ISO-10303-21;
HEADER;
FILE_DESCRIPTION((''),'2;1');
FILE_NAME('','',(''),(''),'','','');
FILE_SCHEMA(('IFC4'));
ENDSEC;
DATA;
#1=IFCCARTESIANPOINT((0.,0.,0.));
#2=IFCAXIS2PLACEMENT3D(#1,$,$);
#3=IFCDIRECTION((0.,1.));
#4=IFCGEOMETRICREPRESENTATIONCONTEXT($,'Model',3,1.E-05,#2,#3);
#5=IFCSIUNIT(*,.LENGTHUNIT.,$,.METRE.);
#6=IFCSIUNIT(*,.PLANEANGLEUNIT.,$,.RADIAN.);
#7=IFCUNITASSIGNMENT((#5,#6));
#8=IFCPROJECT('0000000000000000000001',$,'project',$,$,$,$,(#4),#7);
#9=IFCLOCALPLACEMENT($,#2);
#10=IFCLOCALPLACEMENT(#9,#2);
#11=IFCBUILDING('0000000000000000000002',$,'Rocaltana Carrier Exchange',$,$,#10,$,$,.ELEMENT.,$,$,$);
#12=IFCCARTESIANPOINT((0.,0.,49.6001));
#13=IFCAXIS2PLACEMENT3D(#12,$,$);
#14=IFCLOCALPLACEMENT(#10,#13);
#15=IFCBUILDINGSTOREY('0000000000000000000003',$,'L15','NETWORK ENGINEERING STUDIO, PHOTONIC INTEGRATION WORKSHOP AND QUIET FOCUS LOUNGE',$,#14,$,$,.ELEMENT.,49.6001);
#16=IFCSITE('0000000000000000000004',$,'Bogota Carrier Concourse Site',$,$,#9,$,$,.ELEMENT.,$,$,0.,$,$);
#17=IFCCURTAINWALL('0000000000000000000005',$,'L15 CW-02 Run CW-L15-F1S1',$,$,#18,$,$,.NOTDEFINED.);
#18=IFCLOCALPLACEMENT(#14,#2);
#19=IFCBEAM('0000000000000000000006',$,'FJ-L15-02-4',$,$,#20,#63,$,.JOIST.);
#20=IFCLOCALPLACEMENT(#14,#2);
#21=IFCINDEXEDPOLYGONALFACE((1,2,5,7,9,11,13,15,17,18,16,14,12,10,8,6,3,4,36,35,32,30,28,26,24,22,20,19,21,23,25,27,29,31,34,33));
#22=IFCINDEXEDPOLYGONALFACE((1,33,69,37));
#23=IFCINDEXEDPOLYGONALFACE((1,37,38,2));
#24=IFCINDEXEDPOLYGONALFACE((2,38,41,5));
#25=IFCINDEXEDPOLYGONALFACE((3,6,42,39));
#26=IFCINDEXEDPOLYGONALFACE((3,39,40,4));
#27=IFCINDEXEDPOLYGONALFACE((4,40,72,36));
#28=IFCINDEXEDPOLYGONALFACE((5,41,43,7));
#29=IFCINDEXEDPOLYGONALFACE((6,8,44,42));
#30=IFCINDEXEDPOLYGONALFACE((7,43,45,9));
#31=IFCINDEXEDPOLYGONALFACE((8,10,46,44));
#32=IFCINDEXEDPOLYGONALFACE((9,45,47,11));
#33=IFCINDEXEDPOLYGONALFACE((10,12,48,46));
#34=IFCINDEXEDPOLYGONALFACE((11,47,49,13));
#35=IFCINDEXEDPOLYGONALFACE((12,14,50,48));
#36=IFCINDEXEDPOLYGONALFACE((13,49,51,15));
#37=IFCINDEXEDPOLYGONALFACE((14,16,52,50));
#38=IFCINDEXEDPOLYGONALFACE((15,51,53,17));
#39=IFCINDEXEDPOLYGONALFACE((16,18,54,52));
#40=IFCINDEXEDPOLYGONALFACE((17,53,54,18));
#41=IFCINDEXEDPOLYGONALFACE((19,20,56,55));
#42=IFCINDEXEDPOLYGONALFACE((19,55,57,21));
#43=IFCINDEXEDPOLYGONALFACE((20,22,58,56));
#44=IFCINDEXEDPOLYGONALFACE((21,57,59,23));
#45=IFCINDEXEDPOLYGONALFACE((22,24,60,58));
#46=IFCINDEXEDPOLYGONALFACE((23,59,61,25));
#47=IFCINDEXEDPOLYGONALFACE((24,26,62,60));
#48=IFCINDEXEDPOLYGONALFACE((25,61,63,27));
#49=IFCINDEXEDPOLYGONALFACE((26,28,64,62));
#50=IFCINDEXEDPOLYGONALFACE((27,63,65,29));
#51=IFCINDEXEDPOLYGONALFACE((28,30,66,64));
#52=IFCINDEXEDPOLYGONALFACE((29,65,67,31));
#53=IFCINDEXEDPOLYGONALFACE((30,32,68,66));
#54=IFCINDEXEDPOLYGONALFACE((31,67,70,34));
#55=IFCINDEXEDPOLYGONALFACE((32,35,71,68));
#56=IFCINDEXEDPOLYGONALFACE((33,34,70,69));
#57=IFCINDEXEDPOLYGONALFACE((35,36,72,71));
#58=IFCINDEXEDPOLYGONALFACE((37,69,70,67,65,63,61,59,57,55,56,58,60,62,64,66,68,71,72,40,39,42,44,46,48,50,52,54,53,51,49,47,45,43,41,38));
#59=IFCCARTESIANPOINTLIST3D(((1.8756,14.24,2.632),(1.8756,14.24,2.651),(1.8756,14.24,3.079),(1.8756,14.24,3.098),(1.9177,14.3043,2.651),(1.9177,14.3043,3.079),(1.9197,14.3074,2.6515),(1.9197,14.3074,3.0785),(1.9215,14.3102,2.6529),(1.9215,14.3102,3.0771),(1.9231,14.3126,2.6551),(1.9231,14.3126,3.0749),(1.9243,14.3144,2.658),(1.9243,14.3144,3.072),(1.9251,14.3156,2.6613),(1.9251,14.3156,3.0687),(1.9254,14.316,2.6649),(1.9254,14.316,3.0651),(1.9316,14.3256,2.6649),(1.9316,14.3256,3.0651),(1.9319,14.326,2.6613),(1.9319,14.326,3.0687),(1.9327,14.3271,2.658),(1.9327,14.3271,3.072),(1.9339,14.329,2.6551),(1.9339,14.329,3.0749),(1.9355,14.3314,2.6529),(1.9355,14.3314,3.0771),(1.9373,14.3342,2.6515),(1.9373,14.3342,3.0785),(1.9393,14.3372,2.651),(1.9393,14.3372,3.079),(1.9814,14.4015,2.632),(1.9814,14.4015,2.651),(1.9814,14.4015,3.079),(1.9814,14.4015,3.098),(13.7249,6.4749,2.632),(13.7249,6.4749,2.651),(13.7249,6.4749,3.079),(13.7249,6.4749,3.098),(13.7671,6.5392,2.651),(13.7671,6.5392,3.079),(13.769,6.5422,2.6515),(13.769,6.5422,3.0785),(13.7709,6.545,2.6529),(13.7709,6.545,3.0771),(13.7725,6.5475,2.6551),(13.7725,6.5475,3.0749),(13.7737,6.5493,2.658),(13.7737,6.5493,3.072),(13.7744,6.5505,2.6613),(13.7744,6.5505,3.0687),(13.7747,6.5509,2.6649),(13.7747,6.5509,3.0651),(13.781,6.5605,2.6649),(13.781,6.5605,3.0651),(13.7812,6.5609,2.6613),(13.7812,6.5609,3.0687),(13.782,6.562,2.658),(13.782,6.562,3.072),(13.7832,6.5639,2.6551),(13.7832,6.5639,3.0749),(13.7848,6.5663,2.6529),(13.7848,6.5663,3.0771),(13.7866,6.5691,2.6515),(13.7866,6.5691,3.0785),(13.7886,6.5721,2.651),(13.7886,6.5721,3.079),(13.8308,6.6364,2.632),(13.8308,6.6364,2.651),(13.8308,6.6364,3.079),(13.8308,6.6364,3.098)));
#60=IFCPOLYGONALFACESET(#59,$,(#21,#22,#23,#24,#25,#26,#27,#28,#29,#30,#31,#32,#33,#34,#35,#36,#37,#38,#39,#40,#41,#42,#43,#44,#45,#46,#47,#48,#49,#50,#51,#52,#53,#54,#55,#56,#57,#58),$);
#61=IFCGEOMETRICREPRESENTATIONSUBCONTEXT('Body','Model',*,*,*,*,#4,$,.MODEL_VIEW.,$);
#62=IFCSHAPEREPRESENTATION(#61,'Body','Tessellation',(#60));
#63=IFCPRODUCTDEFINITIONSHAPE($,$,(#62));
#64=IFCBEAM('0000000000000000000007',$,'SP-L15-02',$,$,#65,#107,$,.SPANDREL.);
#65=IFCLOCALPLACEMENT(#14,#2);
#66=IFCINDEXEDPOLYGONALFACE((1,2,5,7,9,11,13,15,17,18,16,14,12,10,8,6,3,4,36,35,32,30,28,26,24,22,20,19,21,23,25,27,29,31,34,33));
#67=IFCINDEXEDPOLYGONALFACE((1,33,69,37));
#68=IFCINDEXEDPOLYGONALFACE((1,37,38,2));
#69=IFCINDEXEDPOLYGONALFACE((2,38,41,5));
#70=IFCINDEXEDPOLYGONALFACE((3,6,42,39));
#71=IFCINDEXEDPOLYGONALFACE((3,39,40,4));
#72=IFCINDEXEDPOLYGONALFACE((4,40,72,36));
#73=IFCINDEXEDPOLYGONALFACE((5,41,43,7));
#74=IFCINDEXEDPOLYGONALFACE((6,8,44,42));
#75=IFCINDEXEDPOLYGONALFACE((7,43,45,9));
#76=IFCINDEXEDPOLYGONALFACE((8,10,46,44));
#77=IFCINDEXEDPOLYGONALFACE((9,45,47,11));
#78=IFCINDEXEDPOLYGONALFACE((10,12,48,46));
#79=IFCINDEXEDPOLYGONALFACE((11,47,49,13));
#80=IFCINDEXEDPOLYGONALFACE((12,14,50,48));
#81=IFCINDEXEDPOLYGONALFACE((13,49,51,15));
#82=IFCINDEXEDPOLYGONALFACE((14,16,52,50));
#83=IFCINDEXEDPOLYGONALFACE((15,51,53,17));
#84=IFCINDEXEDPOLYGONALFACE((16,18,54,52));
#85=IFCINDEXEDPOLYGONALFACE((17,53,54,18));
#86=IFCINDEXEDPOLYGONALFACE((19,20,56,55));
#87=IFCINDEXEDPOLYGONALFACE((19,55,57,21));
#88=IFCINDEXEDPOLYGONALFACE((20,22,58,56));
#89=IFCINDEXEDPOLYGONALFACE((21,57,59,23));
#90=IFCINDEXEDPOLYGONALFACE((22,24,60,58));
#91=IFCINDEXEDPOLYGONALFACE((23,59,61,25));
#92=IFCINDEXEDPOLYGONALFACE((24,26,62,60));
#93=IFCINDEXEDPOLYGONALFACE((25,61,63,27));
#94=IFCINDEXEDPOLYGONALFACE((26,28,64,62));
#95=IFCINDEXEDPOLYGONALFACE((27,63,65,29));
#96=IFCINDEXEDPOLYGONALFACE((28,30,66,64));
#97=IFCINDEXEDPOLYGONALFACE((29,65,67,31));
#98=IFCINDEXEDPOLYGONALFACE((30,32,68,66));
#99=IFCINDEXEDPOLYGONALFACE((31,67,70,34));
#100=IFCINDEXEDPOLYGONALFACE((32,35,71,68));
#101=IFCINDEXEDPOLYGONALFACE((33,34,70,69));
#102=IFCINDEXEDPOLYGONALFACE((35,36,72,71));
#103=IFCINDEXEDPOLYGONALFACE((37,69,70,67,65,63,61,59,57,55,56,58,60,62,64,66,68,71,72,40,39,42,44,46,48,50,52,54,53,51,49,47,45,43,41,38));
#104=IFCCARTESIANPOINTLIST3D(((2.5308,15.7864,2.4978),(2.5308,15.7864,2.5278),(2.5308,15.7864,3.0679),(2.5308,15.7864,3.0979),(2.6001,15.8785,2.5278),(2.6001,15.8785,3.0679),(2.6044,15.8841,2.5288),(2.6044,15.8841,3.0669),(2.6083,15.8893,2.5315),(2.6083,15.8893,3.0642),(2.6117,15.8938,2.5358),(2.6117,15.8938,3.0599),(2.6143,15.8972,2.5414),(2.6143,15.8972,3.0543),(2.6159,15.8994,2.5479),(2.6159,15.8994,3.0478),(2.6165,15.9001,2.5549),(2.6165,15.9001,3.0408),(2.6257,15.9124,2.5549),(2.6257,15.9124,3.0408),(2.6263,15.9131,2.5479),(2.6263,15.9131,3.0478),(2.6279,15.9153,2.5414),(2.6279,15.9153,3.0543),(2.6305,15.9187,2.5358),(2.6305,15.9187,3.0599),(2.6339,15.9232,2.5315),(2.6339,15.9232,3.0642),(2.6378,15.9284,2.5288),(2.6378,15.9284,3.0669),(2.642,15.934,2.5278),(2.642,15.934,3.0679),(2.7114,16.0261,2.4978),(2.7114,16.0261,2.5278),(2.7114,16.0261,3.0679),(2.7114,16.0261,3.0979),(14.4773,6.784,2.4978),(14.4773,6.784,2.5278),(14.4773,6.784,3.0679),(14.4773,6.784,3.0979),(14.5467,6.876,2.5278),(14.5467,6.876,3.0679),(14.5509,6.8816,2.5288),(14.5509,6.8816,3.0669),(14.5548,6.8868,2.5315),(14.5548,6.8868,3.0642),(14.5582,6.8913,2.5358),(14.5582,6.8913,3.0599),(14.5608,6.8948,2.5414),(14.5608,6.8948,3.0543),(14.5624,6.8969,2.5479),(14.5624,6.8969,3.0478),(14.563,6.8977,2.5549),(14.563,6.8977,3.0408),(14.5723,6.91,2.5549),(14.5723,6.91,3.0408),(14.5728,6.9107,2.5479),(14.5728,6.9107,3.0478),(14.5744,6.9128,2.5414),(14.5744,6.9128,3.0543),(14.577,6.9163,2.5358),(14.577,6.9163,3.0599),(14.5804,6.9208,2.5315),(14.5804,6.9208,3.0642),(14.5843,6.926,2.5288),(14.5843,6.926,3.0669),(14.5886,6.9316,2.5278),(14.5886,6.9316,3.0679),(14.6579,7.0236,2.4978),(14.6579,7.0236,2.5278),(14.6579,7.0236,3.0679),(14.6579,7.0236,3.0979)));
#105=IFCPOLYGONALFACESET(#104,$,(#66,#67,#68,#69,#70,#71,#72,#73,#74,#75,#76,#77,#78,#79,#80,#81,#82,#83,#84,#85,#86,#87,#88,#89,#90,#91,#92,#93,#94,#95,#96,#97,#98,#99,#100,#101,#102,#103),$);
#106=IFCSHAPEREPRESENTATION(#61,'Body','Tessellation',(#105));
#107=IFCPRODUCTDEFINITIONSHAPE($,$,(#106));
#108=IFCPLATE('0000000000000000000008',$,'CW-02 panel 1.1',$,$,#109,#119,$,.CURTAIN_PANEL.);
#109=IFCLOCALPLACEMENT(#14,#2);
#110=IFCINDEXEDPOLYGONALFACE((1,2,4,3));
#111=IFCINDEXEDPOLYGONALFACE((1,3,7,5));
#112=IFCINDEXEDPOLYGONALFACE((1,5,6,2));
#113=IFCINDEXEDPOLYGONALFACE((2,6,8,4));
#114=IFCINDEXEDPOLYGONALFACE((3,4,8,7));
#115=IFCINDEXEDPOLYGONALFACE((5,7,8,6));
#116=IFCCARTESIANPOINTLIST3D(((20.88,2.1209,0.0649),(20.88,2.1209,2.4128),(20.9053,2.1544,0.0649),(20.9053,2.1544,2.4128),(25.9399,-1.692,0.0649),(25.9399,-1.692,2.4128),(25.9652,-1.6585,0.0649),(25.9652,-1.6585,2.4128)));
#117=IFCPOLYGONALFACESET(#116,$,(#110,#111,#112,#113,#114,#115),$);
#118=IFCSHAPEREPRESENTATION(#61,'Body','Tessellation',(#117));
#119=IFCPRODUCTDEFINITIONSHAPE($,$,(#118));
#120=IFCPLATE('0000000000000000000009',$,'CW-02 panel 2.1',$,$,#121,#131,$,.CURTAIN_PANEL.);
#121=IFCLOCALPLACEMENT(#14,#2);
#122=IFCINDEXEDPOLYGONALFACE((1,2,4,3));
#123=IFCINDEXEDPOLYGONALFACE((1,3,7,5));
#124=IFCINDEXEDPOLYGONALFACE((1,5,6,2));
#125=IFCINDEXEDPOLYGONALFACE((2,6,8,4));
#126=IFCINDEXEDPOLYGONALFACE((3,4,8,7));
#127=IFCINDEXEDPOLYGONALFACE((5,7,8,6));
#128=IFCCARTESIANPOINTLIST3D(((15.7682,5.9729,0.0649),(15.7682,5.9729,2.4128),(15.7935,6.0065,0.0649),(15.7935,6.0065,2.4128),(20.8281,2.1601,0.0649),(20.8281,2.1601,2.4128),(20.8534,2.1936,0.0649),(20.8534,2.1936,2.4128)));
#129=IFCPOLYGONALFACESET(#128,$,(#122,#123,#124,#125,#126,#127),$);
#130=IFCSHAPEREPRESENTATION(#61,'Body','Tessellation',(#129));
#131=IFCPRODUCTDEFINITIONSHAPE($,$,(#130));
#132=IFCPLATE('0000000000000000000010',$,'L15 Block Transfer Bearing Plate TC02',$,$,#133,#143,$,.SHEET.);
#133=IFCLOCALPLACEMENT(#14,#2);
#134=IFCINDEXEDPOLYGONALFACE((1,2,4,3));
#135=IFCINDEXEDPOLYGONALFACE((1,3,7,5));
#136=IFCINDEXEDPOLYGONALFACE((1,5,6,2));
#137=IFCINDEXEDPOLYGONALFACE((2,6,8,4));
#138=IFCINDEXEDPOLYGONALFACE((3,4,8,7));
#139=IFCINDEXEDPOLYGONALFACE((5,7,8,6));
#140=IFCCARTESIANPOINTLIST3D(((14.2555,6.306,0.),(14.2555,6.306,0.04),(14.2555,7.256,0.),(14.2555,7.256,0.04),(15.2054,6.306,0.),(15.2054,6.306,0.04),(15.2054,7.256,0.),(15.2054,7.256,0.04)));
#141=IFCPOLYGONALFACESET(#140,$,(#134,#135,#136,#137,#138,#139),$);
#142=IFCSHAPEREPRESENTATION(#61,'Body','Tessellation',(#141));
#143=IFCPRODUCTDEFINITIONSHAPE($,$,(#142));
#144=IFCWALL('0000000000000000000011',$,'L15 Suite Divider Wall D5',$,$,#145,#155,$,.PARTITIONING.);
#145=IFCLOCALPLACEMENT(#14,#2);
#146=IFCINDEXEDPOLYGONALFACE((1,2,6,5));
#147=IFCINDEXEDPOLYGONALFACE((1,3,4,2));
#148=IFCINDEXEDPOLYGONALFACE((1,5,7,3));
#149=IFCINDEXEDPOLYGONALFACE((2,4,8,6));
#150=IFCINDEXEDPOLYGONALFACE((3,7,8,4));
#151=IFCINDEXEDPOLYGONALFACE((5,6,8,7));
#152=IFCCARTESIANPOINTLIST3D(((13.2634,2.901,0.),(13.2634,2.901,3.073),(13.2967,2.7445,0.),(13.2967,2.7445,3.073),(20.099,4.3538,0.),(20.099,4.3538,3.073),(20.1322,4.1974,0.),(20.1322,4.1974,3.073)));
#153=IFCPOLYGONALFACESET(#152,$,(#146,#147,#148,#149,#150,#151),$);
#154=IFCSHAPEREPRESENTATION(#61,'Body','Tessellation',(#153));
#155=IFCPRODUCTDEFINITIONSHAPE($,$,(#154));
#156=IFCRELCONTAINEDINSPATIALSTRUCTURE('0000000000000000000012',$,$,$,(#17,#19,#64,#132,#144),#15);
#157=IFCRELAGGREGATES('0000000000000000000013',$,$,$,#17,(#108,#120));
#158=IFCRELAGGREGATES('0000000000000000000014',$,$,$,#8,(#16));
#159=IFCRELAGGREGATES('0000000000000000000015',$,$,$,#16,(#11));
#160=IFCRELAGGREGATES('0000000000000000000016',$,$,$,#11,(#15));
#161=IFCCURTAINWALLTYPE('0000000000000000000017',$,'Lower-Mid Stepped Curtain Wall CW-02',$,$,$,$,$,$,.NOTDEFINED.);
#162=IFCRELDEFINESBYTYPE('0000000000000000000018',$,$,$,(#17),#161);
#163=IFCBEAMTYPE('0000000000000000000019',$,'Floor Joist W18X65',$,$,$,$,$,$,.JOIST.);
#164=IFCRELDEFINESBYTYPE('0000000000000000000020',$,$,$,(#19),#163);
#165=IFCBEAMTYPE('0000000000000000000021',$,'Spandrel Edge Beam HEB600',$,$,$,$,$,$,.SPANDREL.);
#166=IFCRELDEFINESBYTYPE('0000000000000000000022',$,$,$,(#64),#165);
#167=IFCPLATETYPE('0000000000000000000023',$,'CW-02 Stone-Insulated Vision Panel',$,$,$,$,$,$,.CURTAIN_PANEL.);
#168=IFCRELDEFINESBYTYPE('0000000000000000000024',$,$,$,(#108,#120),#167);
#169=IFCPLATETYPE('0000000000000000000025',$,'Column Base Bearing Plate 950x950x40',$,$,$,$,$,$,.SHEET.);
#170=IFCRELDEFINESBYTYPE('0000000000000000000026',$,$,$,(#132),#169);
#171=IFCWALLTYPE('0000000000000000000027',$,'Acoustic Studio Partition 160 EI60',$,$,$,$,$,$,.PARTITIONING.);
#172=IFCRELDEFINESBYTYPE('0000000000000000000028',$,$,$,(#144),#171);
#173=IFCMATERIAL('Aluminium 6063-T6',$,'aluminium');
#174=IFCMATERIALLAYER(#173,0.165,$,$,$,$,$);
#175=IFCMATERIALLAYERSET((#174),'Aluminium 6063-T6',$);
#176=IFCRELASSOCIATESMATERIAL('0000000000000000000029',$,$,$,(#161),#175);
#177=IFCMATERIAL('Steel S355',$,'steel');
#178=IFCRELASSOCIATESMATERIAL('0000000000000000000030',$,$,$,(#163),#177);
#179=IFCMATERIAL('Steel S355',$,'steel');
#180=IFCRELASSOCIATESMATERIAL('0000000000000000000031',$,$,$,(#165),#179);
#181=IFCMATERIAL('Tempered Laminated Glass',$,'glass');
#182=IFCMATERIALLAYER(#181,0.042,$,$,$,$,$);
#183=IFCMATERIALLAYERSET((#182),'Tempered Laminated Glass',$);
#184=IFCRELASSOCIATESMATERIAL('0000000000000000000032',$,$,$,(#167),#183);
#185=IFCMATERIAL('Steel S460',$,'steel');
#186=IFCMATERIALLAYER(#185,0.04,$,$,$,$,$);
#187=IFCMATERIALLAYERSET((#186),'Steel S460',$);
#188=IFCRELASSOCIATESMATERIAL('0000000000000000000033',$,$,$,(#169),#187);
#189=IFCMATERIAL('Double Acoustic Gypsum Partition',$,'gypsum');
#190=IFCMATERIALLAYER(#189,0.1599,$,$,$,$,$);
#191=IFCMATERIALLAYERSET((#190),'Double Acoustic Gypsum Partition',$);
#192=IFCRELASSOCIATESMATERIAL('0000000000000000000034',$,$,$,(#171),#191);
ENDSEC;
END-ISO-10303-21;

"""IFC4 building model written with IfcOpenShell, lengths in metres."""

from ifc_helpers import new_model, si_unit, direction, frame, frame_2d, origin, origin_2d, place, context, subcontext, project, spatial, rectangle, i_section, extrude, material, layer, layer_set, material_profile, profile_set, type_object, element, aggregate, save


model = new_model("IFC4")

# Units and contexts
model_context = context("Model", 3, precision=1e-05, world=origin(), true_north=direction((0.0, 1.0)))
body_context = subcontext(model_context, "Body", "Model", "MODEL_VIEW")
ifc_project = project(units=[si_unit("LENGTHUNIT", "METRE"), si_unit("PLANEANGLEUNIT", "RADIAN")], contexts=[model_context])

# Site, building, storey
site_placement = place(None, origin())
site = spatial("IfcSite", under=ifc_project, at=site_placement, Name="Bogota Carrier Concourse Site", CompositionType="ELEMENT", RefElevation=0.0)
building_placement = place(site_placement, origin())
building = spatial("IfcBuilding", under=site, at=building_placement, Name="Rocaltana Carrier Exchange", CompositionType="ELEMENT")
storey_placement = place(building_placement, frame((0.0, 0.0, 49.6001)))
storey = spatial("IfcBuildingStorey", under=building, at=storey_placement, Name="L15", Description="NETWORK ENGINEERING STUDIO, PHOTONIC INTEGRATION WORKSHOP AND QUIET FOCUS LOUNGE", CompositionType="ELEMENT", Elevation=49.6001)

# Curtain wall
ifc_material_1 = material(Name="Aluminium 6063-T6", Category="aluminium")
ifc_layer_1 = layer(ifc_material_1, 0.165)
ifc_layer_set_1 = layer_set([ifc_layer_1], Name="Aluminium 6063-T6")
curtain_wall_type = type_object("IfcCurtainWallType", Name="Lower-Mid Stepped Curtain Wall CW-02", PredefinedType="NOTDEFINED", material=ifc_layer_set_1)
curtain_wall_1_placement = place(storey_placement, origin())
curtain_wall_1 = element("IfcCurtainWall", 1, at=curtain_wall_1_placement, inside=storey, type_object=curtain_wall_type, Name="L15 CW-02 Run CW-L15-F1S1", PredefinedType="NOTDEFINED")

# Beams
ifc_material_2 = material(Name="Steel S355", Category="steel")
ifc_material_profile_1 = material_profile(ifc_material_2, i_section(OverallWidth=0.1931, OverallDepth=0.4661, WebThickness=0.0115, FlangeThickness=0.019, FilletRadius=0.0139, at=origin_2d()), Name="W18X65")
ifc_profile_set_1 = profile_set([ifc_material_profile_1], Name="Steel S355")
beam_type_1 = type_object("IfcBeamType", Name="Floor Joist W18X65", PredefinedType="JOIST", material=ifc_profile_set_1)
beam_1_placement = place(storey_placement, frame((13.7778, 6.5557, 2.865), z_axis=(-0.836404, 0.548113, 0.0), x_axis=(-0.548113, -0.836404, 0.0)))
element("IfcBeam", 2, at=beam_1_placement, inside=storey, type_object=beam_type_1, Name="FJ-L15-02-4", PredefinedType="JOIST", context=body_context, shape_type="SweptSolid", body=[
    extrude(i_section(OverallWidth=0.1931, OverallDepth=0.4661, WebThickness=0.0115, FlangeThickness=0.019, FilletRadius=0.0139, at=origin_2d()), origin(), (0.0, 0.0, 1.0), 14.167),
])
ifc_material_3 = material(Name="Steel S355", Category="steel")
ifc_material_profile_2 = material_profile(ifc_material_3, i_section(OverallWidth=0.3, OverallDepth=0.6001, WebThickness=0.0154, FlangeThickness=0.03, FilletRadius=0.0271, at=origin_2d()), Name="HEB600")
ifc_profile_set_2 = profile_set([ifc_material_profile_2], Name="Steel S355")
beam_type_2 = type_object("IfcBeamType", Name="Spandrel Edge Beam HEB600", PredefinedType="SPANDREL", material=ifc_profile_set_2)
beam_2_placement = place(storey_placement, frame((14.5676, 6.9038, 2.7979), z_axis=(-0.798633, 0.601819, 0.0), x_axis=(-0.601819, -0.798633, 0.0)))
element("IfcBeam", 3, at=beam_2_placement, inside=storey, type_object=beam_type_2, Name="SP-L15-02", PredefinedType="SPANDREL", context=body_context, shape_type="SweptSolid", body=[
    extrude(i_section(OverallWidth=0.3, OverallDepth=0.6001, WebThickness=0.0154, FlangeThickness=0.03, FilletRadius=0.0271, at=origin_2d()), origin(), (0.0, 0.0, 1.0), 14.9587),
])

# Plates
ifc_material_4 = material(Name="Tempered Laminated Glass", Category="glass")
ifc_layer_2 = layer(ifc_material_4, 0.042)
ifc_layer_set_2 = layer_set([ifc_layer_2], Name="Tempered Laminated Glass")
plate_type_1 = type_object("IfcPlateType", Name="CW-02 Stone-Insulated Vision Panel", PredefinedType="CURTAIN_PANEL", material=ifc_layer_set_2)
plate_1_placement = place(storey_placement, frame((23.4226, 0.2312, 0.0649), z_axis=(0.0, 0.0, 1.0), x_axis=(-0.798642, 0.601807, 0.0)))
plate_1 = element("IfcPlate", 4, at=plate_1_placement, type_object=plate_type_1, Name="CW-02 panel 1.1", PredefinedType="CURTAIN_PANEL", context=body_context, shape_type="SweptSolid", body=[
    extrude(rectangle(XDim=6.3357, YDim=0.042, at=origin_2d()), origin(), (0.0, 0.0, 1.0), 2.3479),
])
plate_2_placement = place(storey_placement, frame((18.3108, 4.0833, 0.0649), z_axis=(0.0, 0.0, 1.0), x_axis=(-0.798642, 0.601807, 0.0)))
plate_2 = element("IfcPlate", 5, at=plate_2_placement, type_object=plate_type_1, Name="CW-02 panel 2.1", PredefinedType="CURTAIN_PANEL", context=body_context, shape_type="SweptSolid", body=[
    extrude(rectangle(XDim=6.3357, YDim=0.042, at=origin_2d()), origin(), (0.0, 0.0, 1.0), 2.3479),
])
aggregate(curtain_wall_1, [plate_1, plate_2])
ifc_material_5 = material(Name="Steel S460", Category="steel")
ifc_layer_3 = layer(ifc_material_5, 0.04)
ifc_layer_set_3 = layer_set([ifc_layer_3], Name="Steel S460")
plate_type_2 = type_object("IfcPlateType", Name="Column Base Bearing Plate 950x950x40", PredefinedType="SHEET", material=ifc_layer_set_3)
plate_3_placement = place(storey_placement, frame((14.7305, 6.781, 0.0), z_axis=(0.0, 0.0, 1.0), x_axis=(1.0, 0.0, 0.0)))
element("IfcPlate", 6, at=plate_3_placement, inside=storey, type_object=plate_type_2, Name="L15 Block Transfer Bearing Plate TC02", PredefinedType="SHEET", context=body_context, shape_type="SweptSolid", body=[
    extrude(rectangle(XDim=0.95, YDim=0.95, at=origin_2d()), origin(), (0.0, 0.0, 1.0), 0.04),
])

# Wall
ifc_material_6 = material(Name="Double Acoustic Gypsum Partition", Category="gypsum")
ifc_layer_4 = layer(ifc_material_6, 0.1599)
ifc_layer_set_4 = layer_set([ifc_layer_4], Name="Double Acoustic Gypsum Partition")
wall_type_1 = type_object("IfcWallType", Name="Acoustic Studio Partition 160 EI60", PredefinedType="PARTITIONING", material=ifc_layer_set_4)
wall_1_placement = place(storey_placement, frame((13.28, 2.8228, 0.0), z_axis=(0.0, 0.0, 1.0), x_axis=(0.97815, 0.207899, 0.0)))
element("IfcWall", 7, at=wall_1_placement, inside=storey, type_object=wall_type_1, Name="L15 Suite Divider Wall D5", PredefinedType="PARTITIONING", context=body_context, shape_type="SweptSolid", body=[
    extrude(rectangle(XDim=6.9883, YDim=0.1599, at=frame_2d((3.4941, 0.0))), origin(), (0.0, 0.0, 1.0), 3.073),
])

save(model, "model.ifc")
